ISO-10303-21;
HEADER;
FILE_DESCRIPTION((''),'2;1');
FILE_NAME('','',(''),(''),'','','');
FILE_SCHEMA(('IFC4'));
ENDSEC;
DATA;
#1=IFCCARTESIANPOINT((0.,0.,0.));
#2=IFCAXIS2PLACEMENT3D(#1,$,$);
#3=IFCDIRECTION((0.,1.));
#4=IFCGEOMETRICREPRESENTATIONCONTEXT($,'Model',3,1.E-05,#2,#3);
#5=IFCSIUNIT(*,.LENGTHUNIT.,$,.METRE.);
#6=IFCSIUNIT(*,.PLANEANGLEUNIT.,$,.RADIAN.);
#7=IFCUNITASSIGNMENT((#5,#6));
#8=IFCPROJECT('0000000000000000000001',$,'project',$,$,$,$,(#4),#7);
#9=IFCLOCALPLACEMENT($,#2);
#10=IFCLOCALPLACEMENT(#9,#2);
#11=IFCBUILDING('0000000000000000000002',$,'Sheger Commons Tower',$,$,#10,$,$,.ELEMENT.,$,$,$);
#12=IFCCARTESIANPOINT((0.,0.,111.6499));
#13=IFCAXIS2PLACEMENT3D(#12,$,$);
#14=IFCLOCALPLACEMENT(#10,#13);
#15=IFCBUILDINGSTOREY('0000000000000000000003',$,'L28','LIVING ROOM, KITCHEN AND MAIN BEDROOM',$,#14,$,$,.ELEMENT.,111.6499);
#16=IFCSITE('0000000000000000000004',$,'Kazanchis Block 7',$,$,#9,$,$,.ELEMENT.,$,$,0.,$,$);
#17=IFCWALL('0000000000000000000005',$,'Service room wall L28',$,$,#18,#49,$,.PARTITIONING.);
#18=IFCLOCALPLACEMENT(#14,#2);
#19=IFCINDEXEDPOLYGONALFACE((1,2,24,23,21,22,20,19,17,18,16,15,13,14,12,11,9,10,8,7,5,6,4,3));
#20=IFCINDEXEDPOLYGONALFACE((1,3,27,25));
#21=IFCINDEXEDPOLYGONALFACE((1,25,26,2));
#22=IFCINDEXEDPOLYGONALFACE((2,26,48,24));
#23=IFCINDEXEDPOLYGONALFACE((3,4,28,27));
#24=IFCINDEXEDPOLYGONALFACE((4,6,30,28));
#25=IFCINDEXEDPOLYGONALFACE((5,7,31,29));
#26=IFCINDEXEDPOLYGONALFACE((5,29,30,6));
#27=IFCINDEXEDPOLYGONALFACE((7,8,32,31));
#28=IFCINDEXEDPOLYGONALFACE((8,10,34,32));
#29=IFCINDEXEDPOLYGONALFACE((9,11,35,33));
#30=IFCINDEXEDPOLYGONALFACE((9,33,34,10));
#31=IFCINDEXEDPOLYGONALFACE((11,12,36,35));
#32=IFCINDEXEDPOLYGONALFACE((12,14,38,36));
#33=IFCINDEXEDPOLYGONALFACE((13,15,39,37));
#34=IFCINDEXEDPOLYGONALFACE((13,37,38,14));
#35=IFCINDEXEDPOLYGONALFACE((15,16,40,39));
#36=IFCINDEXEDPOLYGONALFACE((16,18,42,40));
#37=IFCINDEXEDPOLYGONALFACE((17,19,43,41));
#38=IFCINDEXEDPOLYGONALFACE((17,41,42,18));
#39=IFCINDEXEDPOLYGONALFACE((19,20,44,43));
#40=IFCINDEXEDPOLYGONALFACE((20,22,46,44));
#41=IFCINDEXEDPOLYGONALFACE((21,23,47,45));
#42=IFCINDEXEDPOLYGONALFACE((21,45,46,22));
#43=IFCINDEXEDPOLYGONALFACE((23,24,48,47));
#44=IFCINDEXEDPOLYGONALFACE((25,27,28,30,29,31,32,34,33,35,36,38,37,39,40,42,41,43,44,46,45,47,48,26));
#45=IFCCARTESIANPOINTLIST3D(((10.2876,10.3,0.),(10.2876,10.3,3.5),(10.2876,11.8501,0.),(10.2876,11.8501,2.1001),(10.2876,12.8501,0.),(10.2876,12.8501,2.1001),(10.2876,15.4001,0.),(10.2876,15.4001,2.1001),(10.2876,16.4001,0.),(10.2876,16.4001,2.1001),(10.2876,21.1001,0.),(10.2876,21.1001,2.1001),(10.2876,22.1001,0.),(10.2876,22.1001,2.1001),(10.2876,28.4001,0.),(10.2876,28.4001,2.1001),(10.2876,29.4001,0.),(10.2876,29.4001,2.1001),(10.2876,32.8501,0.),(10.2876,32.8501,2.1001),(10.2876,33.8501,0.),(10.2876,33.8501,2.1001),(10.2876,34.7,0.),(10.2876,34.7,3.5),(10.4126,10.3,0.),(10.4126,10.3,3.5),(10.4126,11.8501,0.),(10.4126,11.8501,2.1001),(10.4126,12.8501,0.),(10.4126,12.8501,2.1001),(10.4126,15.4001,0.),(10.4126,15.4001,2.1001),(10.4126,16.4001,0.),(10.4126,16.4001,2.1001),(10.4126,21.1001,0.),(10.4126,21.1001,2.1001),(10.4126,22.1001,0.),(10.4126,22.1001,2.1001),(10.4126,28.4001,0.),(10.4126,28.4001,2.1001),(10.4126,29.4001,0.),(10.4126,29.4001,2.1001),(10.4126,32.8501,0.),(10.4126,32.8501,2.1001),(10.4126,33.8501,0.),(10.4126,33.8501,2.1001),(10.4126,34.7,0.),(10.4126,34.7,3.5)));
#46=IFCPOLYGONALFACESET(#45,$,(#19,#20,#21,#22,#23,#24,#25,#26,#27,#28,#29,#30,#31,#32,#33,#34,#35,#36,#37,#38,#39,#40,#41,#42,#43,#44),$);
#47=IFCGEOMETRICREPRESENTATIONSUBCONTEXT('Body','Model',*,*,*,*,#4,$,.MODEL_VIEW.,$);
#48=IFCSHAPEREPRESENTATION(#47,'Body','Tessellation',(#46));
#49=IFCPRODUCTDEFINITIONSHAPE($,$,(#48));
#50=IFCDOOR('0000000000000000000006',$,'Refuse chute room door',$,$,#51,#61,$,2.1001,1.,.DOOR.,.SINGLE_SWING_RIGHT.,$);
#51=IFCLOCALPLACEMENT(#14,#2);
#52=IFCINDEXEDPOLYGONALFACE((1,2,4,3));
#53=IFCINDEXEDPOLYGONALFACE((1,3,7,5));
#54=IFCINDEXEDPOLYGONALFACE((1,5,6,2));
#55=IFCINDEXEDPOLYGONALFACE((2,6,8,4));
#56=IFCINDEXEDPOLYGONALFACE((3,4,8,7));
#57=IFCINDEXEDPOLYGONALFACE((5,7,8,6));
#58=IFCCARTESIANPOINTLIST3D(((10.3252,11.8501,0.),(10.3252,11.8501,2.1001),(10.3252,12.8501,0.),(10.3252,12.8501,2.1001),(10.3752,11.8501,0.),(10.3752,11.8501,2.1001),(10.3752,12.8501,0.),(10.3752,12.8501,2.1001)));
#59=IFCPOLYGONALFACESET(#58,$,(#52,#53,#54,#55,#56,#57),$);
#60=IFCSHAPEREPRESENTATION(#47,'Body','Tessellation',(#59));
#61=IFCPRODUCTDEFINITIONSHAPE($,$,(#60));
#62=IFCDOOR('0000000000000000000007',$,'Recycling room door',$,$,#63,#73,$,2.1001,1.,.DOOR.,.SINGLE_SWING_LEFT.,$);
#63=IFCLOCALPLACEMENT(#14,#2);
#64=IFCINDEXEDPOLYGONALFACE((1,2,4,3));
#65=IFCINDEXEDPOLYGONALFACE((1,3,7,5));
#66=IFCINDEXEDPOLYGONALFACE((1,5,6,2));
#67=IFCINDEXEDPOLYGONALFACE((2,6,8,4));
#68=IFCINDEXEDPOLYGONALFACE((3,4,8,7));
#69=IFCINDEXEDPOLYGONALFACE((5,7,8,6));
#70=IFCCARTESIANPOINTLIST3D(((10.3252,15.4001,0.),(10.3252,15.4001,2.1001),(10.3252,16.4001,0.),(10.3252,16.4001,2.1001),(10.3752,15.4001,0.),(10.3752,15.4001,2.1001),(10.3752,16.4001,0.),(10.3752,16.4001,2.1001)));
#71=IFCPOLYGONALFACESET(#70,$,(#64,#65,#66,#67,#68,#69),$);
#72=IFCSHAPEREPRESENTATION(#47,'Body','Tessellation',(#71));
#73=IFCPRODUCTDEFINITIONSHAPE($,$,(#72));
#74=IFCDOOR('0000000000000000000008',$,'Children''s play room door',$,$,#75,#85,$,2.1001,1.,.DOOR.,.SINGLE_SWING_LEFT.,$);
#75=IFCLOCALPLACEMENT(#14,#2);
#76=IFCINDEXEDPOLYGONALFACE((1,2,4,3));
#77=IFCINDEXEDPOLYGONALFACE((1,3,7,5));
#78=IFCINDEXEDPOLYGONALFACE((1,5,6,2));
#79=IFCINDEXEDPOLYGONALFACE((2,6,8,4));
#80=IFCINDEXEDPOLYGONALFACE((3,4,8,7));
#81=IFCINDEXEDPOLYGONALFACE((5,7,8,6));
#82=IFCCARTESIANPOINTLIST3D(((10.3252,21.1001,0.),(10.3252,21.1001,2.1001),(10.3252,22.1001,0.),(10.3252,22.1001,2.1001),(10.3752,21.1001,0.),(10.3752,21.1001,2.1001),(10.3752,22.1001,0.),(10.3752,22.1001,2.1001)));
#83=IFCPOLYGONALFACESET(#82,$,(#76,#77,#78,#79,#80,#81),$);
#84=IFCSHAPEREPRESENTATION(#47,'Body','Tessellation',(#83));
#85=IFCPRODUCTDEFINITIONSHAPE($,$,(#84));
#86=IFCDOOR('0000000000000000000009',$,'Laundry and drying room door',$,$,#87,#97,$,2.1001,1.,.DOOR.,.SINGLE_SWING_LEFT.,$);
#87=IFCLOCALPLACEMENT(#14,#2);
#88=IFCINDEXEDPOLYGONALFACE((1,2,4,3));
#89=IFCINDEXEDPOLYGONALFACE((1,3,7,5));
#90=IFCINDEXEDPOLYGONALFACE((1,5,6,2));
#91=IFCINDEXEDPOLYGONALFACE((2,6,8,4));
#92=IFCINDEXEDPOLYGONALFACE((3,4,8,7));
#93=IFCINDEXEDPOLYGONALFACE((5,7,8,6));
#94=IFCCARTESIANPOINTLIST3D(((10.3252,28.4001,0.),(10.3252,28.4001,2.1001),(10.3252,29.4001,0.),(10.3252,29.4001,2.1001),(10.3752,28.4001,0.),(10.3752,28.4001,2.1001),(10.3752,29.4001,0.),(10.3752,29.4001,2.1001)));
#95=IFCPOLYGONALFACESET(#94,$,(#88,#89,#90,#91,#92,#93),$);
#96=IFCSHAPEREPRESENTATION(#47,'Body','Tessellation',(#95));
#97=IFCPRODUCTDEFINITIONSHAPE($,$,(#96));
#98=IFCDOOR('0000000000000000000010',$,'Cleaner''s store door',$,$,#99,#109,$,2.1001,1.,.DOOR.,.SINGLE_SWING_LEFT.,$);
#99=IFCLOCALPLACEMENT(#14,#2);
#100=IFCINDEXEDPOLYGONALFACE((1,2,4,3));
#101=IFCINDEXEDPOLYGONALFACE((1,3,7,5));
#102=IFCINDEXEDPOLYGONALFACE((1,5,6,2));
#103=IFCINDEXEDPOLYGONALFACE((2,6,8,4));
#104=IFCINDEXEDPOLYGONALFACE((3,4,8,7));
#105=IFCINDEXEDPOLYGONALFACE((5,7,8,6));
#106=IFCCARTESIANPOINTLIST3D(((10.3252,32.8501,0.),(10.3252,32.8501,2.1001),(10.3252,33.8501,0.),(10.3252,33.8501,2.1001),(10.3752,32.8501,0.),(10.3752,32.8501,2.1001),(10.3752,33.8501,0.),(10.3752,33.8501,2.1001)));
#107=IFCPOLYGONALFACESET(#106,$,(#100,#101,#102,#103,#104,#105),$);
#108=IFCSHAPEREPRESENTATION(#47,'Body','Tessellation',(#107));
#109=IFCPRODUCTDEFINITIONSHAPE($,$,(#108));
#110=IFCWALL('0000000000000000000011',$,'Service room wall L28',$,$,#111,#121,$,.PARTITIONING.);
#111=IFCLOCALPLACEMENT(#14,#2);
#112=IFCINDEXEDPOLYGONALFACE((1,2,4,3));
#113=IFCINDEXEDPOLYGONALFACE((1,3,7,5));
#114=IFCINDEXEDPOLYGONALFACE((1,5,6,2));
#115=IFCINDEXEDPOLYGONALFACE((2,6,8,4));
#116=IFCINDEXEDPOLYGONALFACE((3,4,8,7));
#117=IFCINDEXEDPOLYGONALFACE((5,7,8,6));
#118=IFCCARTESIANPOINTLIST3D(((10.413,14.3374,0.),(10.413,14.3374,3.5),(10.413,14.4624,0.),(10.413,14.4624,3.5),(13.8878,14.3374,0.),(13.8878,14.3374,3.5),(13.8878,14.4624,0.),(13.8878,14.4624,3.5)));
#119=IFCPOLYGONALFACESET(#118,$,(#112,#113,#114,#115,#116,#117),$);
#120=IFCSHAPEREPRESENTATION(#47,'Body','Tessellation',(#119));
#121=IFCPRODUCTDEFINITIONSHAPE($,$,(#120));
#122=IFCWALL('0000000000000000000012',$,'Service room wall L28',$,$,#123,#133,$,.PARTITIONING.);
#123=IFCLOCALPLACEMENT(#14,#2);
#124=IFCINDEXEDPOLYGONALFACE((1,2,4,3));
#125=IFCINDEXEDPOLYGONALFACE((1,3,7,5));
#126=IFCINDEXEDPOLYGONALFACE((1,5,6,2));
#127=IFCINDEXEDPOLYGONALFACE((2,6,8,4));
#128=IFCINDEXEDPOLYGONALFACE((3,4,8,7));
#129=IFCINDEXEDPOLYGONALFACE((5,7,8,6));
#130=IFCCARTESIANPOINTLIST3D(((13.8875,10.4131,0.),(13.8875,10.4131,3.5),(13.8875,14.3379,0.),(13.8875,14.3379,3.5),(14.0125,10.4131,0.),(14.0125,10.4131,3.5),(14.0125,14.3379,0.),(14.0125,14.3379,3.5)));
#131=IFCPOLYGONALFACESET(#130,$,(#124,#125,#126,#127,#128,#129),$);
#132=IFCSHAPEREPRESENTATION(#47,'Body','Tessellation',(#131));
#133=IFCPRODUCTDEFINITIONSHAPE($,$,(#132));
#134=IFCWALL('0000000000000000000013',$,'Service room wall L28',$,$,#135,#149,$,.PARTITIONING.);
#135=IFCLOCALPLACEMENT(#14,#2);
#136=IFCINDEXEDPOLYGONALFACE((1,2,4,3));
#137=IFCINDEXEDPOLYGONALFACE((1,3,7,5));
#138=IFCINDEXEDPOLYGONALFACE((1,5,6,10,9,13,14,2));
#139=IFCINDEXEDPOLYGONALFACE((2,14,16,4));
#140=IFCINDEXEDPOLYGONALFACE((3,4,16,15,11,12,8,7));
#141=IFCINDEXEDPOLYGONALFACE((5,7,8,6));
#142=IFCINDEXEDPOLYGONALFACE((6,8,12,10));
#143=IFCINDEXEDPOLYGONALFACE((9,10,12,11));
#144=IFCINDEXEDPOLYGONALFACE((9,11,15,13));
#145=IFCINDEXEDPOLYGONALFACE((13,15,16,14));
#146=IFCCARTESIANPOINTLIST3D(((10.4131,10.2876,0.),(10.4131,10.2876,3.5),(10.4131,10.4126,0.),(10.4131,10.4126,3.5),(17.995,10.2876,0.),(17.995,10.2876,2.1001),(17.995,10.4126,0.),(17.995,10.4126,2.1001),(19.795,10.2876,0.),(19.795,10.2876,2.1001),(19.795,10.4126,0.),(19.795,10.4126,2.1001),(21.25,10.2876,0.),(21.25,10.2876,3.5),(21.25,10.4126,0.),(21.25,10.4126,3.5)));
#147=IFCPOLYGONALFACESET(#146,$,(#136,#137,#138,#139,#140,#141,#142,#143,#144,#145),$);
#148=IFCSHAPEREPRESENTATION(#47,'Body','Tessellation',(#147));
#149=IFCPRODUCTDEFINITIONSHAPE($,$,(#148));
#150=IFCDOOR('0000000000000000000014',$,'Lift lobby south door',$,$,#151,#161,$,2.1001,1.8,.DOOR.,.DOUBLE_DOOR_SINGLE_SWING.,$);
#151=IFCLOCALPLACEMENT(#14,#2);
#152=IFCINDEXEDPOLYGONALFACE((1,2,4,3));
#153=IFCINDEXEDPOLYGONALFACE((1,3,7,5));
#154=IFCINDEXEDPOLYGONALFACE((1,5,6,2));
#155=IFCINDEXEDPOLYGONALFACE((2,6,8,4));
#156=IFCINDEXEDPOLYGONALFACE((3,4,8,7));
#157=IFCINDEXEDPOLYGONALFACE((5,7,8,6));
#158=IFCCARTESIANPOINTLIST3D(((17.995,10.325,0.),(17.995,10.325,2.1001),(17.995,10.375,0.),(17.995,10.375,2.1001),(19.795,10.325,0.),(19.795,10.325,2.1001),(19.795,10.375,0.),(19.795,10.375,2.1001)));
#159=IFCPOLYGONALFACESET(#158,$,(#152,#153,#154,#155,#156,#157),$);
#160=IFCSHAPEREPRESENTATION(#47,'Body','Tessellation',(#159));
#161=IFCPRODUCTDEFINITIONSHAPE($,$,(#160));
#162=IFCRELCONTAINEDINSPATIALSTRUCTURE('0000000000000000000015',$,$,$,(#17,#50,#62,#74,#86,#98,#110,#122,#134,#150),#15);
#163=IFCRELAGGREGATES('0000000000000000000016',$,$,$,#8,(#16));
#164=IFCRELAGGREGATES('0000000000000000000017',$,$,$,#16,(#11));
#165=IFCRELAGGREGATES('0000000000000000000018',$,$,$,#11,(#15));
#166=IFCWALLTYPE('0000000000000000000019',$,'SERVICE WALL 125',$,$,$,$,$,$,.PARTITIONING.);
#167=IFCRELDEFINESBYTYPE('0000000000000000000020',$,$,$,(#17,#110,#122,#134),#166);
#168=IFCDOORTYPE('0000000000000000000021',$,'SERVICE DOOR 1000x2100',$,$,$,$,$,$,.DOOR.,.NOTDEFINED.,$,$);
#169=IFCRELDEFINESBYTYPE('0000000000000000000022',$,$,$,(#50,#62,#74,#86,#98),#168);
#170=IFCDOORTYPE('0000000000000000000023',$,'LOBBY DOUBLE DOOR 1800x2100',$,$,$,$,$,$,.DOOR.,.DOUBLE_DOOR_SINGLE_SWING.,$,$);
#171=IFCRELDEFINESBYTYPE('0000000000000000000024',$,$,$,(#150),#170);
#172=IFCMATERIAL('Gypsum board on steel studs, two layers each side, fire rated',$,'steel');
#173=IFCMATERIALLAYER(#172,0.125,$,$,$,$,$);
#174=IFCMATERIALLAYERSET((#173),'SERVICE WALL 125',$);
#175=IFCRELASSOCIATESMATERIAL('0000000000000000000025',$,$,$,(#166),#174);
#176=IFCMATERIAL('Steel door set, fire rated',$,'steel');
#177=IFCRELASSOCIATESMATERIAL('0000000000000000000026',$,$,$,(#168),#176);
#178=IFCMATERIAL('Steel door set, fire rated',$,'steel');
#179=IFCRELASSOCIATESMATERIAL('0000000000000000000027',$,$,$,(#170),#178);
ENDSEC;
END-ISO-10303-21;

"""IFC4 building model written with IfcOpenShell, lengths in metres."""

from ifc_helpers import new_model, si_unit, direction, frame, frame_2d, origin, place, context, subcontext, project, spatial, rectangle, extrude, material, layer, layer_set, type_object, element, fill, save


model = new_model("IFC4")

# Units and contexts
model_context = context("Model", 3, precision=1e-05, world=origin(), true_north=direction((0.0, 1.0)))
body_context = subcontext(model_context, "Body", "Model", "MODEL_VIEW")
ifc_project = project(units=[si_unit("LENGTHUNIT", "METRE"), si_unit("PLANEANGLEUNIT", "RADIAN")], contexts=[model_context])

# Site, building, storey
site_placement = place(None, origin())
site = spatial("IfcSite", under=ifc_project, at=site_placement, Name="Kazanchis Block 7", CompositionType="ELEMENT", RefElevation=0.0)
building_placement = place(site_placement, origin())
building = spatial("IfcBuilding", under=site, at=building_placement, Name="Sheger Commons Tower", CompositionType="ELEMENT")
storey_placement = place(building_placement, frame((0.0, 0.0, 111.6499)))
storey = spatial("IfcBuildingStorey", under=building, at=storey_placement, Name="L28", Description="LIVING ROOM, KITCHEN AND MAIN BEDROOM", CompositionType="ELEMENT", Elevation=111.6499)

# Wall, openings, doors
ifc_material_1 = material(Name="Gypsum board on steel studs, two layers each side, fire rated", Category="steel")
ifc_layer_1 = layer(ifc_material_1, 0.125)
ifc_layer_set_1 = layer_set([ifc_layer_1], Name="SERVICE WALL 125")
wall_type_1 = type_object("IfcWallType", Name="SERVICE WALL 125", PredefinedType="PARTITIONING", material=ifc_layer_set_1)
wall_1_placement = place(storey_placement, frame((10.3501, 10.3, 0.0), z_axis=(0.0, 0.0, 1.0), x_axis=(0.0, 1.0, 0.0)))
wall_1 = element("IfcWall", 1, at=wall_1_placement, inside=storey, type_object=wall_type_1, Name="Service room wall L28", PredefinedType="PARTITIONING", context=body_context, shape_type="SweptSolid", body=[
    extrude(rectangle(XDim=24.3999, YDim=0.125, at=frame_2d((12.2, 0.0))), origin(), (0.0, 0.0, 1.0), 3.5),
])
opening_1_placement = place(wall_1_placement, frame((1.55, 0.0, 0.0)))
opening_1 = element("IfcOpeningElement", 2, at=opening_1_placement, cuts=wall_1, PredefinedType="OPENING", context=body_context, shape_type="SweptSolid", body=[
    extrude(rectangle(XDim=1.0, YDim=2.1001, at=frame_2d((0.5, 1.05))), frame((0.0, 0.0725, 0.0), z_axis=(0.0, -1.0, 0.0), x_axis=(1.0, 0.0, 0.0)), (0.0, 0.0, 1.0), 0.145),
])
opening_2_placement = place(wall_1_placement, frame((5.1001, 0.0, 0.0)))
opening_2 = element("IfcOpeningElement", 3, at=opening_2_placement, cuts=wall_1, PredefinedType="OPENING", context=body_context, shape_type="SweptSolid", body=[
    extrude(rectangle(XDim=1.0, YDim=2.1001, at=frame_2d((0.5, 1.05))), frame((0.0, 0.0725, 0.0), z_axis=(0.0, -1.0, 0.0), x_axis=(1.0, 0.0, 0.0)), (0.0, 0.0, 1.0), 0.145),
])
opening_3_placement = place(wall_1_placement, frame((10.8, 0.0, 0.0)))
opening_3 = element("IfcOpeningElement", 4, at=opening_3_placement, cuts=wall_1, PredefinedType="OPENING", context=body_context, shape_type="SweptSolid", body=[
    extrude(rectangle(XDim=1.0, YDim=2.1001, at=frame_2d((0.5, 1.05))), frame((0.0, 0.0725, 0.0), z_axis=(0.0, -1.0, 0.0), x_axis=(1.0, 0.0, 0.0)), (0.0, 0.0, 1.0), 0.145),
])
opening_4_placement = place(wall_1_placement, frame((18.1001, 0.0, 0.0)))
opening_4 = element("IfcOpeningElement", 5, at=opening_4_placement, cuts=wall_1, PredefinedType="OPENING", context=body_context, shape_type="SweptSolid", body=[
    extrude(rectangle(XDim=1.0, YDim=2.1001, at=frame_2d((0.5, 1.05))), frame((0.0, 0.0725, 0.0), z_axis=(0.0, -1.0, 0.0), x_axis=(1.0, 0.0, 0.0)), (0.0, 0.0, 1.0), 0.145),
])
opening_5_placement = place(wall_1_placement, frame((22.55, 0.0, 0.0)))
opening_5 = element("IfcOpeningElement", 6, at=opening_5_placement, cuts=wall_1, PredefinedType="OPENING", context=body_context, shape_type="SweptSolid", body=[
    extrude(rectangle(XDim=1.0, YDim=2.1001, at=frame_2d((0.5, 1.05))), frame((0.0, 0.0725, 0.0), z_axis=(0.0, -1.0, 0.0), x_axis=(1.0, 0.0, 0.0)), (0.0, 0.0, 1.0), 0.145),
])
ifc_material_2 = material(Name="Steel door set, fire rated", Category="steel")
door_type_1 = type_object("IfcDoorType", Name="SERVICE DOOR 1000x2100", OperationType="NOTDEFINED", PredefinedType="DOOR", material=ifc_material_2)
door_1_placement = place(opening_1_placement, origin())
door_1 = element("IfcDoor", 7, at=door_1_placement, inside=storey, type_object=door_type_1, Name="Refuse chute room door", OperationType="SINGLE_SWING_RIGHT", OverallHeight=2.1001, OverallWidth=1.0, PredefinedType="DOOR", context=body_context, shape_type="SweptSolid", body=[
    extrude(rectangle(XDim=1.0, YDim=2.1001, at=frame_2d((0.5, 1.05))), frame((0.0, 0.0249, 0.0), z_axis=(0.0, -1.0, 0.0), x_axis=(1.0, 0.0, 0.0)), (0.0, 0.0, 1.0), 0.05),
])
fill(opening_1, door_1)
door_2_placement = place(opening_2_placement, origin())
door_2 = element("IfcDoor", 8, at=door_2_placement, inside=storey, type_object=door_type_1, Name="Recycling room door", OperationType="SINGLE_SWING_LEFT", OverallHeight=2.1001, OverallWidth=1.0, PredefinedType="DOOR", context=body_context, shape_type="SweptSolid", body=[
    extrude(rectangle(XDim=1.0, YDim=2.1001, at=frame_2d((0.5, 1.05))), frame((0.0, 0.0249, 0.0), z_axis=(0.0, -1.0, 0.0), x_axis=(1.0, 0.0, 0.0)), (0.0, 0.0, 1.0), 0.05),
])
fill(opening_2, door_2)
door_3_placement = place(opening_3_placement, origin())
door_3 = element("IfcDoor", 9, at=door_3_placement, inside=storey, type_object=door_type_1, Name="Children's play room door", OperationType="SINGLE_SWING_LEFT", OverallHeight=2.1001, OverallWidth=1.0, PredefinedType="DOOR", context=body_context, shape_type="SweptSolid", body=[
    extrude(rectangle(XDim=1.0, YDim=2.1001, at=frame_2d((0.5, 1.05))), frame((0.0, 0.0249, 0.0), z_axis=(0.0, -1.0, 0.0), x_axis=(1.0, 0.0, 0.0)), (0.0, 0.0, 1.0), 0.05),
])
fill(opening_3, door_3)
door_4_placement = place(opening_4_placement, origin())
door_4 = element("IfcDoor", 10, at=door_4_placement, inside=storey, type_object=door_type_1, Name="Laundry and drying room door", OperationType="SINGLE_SWING_LEFT", OverallHeight=2.1001, OverallWidth=1.0, PredefinedType="DOOR", context=body_context, shape_type="SweptSolid", body=[
    extrude(rectangle(XDim=1.0, YDim=2.1001, at=frame_2d((0.5, 1.05))), frame((0.0, 0.0249, 0.0), z_axis=(0.0, -1.0, 0.0), x_axis=(1.0, 0.0, 0.0)), (0.0, 0.0, 1.0), 0.05),
])
fill(opening_4, door_4)
door_5_placement = place(opening_5_placement, origin())
door_5 = element("IfcDoor", 11, at=door_5_placement, inside=storey, type_object=door_type_1, Name="Cleaner's store door", OperationType="SINGLE_SWING_LEFT", OverallHeight=2.1001, OverallWidth=1.0, PredefinedType="DOOR", context=body_context, shape_type="SweptSolid", body=[
    extrude(rectangle(XDim=1.0, YDim=2.1001, at=frame_2d((0.5, 1.05))), frame((0.0, 0.0249, 0.0), z_axis=(0.0, -1.0, 0.0), x_axis=(1.0, 0.0, 0.0)), (0.0, 0.0, 1.0), 0.05),
])
fill(opening_5, door_5)

# Walls
wall_2_placement = place(storey_placement, frame((10.4131, 14.3999, 0.0), z_axis=(0.0, 0.0, 1.0), x_axis=(1.0, 0.0, 0.0)))
element("IfcWall", 12, at=wall_2_placement, inside=storey, type_object=wall_type_1, Name="Service room wall L28", PredefinedType="PARTITIONING", context=body_context, shape_type="SweptSolid", body=[
    extrude(rectangle(XDim=3.4749, YDim=0.125, at=frame_2d((1.7373, 0.0))), origin(), (0.0, 0.0, 1.0), 3.5),
])
wall_3_placement = place(storey_placement, frame((13.95, 10.4131, 0.0), z_axis=(0.0, 0.0, 1.0), x_axis=(0.0, 1.0, 0.0)))
element("IfcWall", 13, at=wall_3_placement, inside=storey, type_object=wall_type_1, Name="Service room wall L28", PredefinedType="PARTITIONING", context=body_context, shape_type="SweptSolid", body=[
    extrude(rectangle(XDim=3.9248, YDim=0.125, at=frame_2d((1.9624, 0.0))), origin(), (0.0, 0.0, 1.0), 3.5),
])

# Wall, opening, door
wall_4_placement = place(storey_placement, frame((10.4131, 10.3501, 0.0), z_axis=(0.0, 0.0, 1.0), x_axis=(1.0, 0.0, 0.0)))
wall_4 = element("IfcWall", 14, at=wall_4_placement, inside=storey, type_object=wall_type_1, Name="Service room wall L28", PredefinedType="PARTITIONING", context=body_context, shape_type="SweptSolid", body=[
    extrude(rectangle(XDim=10.8369, YDim=0.125, at=frame_2d((5.4185, 0.0))), origin(), (0.0, 0.0, 1.0), 3.5),
])
opening_6_placement = place(wall_4_placement, frame((7.582, 0.0, 0.0)))
opening_6 = element("IfcOpeningElement", 15, at=opening_6_placement, cuts=wall_4, PredefinedType="OPENING", context=body_context, shape_type="SweptSolid", body=[
    extrude(rectangle(XDim=1.8, YDim=2.1001, at=frame_2d((0.8999, 1.05))), frame((0.0, 0.0725, 0.0), z_axis=(0.0, -1.0, 0.0), x_axis=(1.0, 0.0, 0.0)), (0.0, 0.0, 1.0), 0.145),
])
ifc_material_3 = material(Name="Steel door set, fire rated", Category="steel")
door_type_2 = type_object("IfcDoorType", Name="LOBBY DOUBLE DOOR 1800x2100", OperationType="DOUBLE_DOOR_SINGLE_SWING", PredefinedType="DOOR", material=ifc_material_3)
door_6_placement = place(opening_6_placement, origin())
door_6 = element("IfcDoor", 16, at=door_6_placement, inside=storey, type_object=door_type_2, Name="Lift lobby south door", OperationType="DOUBLE_DOOR_SINGLE_SWING", OverallHeight=2.1001, OverallWidth=1.8, PredefinedType="DOOR", context=body_context, shape_type="SweptSolid", body=[
    extrude(rectangle(XDim=1.8, YDim=2.1001, at=frame_2d((0.8999, 1.05))), frame((0.0, 0.0249, 0.0), z_axis=(0.0, -1.0, 0.0), x_axis=(1.0, 0.0, 0.0)), (0.0, 0.0, 1.0), 0.05),
])
fill(opening_6, door_6)

save(model, "model.ifc")
